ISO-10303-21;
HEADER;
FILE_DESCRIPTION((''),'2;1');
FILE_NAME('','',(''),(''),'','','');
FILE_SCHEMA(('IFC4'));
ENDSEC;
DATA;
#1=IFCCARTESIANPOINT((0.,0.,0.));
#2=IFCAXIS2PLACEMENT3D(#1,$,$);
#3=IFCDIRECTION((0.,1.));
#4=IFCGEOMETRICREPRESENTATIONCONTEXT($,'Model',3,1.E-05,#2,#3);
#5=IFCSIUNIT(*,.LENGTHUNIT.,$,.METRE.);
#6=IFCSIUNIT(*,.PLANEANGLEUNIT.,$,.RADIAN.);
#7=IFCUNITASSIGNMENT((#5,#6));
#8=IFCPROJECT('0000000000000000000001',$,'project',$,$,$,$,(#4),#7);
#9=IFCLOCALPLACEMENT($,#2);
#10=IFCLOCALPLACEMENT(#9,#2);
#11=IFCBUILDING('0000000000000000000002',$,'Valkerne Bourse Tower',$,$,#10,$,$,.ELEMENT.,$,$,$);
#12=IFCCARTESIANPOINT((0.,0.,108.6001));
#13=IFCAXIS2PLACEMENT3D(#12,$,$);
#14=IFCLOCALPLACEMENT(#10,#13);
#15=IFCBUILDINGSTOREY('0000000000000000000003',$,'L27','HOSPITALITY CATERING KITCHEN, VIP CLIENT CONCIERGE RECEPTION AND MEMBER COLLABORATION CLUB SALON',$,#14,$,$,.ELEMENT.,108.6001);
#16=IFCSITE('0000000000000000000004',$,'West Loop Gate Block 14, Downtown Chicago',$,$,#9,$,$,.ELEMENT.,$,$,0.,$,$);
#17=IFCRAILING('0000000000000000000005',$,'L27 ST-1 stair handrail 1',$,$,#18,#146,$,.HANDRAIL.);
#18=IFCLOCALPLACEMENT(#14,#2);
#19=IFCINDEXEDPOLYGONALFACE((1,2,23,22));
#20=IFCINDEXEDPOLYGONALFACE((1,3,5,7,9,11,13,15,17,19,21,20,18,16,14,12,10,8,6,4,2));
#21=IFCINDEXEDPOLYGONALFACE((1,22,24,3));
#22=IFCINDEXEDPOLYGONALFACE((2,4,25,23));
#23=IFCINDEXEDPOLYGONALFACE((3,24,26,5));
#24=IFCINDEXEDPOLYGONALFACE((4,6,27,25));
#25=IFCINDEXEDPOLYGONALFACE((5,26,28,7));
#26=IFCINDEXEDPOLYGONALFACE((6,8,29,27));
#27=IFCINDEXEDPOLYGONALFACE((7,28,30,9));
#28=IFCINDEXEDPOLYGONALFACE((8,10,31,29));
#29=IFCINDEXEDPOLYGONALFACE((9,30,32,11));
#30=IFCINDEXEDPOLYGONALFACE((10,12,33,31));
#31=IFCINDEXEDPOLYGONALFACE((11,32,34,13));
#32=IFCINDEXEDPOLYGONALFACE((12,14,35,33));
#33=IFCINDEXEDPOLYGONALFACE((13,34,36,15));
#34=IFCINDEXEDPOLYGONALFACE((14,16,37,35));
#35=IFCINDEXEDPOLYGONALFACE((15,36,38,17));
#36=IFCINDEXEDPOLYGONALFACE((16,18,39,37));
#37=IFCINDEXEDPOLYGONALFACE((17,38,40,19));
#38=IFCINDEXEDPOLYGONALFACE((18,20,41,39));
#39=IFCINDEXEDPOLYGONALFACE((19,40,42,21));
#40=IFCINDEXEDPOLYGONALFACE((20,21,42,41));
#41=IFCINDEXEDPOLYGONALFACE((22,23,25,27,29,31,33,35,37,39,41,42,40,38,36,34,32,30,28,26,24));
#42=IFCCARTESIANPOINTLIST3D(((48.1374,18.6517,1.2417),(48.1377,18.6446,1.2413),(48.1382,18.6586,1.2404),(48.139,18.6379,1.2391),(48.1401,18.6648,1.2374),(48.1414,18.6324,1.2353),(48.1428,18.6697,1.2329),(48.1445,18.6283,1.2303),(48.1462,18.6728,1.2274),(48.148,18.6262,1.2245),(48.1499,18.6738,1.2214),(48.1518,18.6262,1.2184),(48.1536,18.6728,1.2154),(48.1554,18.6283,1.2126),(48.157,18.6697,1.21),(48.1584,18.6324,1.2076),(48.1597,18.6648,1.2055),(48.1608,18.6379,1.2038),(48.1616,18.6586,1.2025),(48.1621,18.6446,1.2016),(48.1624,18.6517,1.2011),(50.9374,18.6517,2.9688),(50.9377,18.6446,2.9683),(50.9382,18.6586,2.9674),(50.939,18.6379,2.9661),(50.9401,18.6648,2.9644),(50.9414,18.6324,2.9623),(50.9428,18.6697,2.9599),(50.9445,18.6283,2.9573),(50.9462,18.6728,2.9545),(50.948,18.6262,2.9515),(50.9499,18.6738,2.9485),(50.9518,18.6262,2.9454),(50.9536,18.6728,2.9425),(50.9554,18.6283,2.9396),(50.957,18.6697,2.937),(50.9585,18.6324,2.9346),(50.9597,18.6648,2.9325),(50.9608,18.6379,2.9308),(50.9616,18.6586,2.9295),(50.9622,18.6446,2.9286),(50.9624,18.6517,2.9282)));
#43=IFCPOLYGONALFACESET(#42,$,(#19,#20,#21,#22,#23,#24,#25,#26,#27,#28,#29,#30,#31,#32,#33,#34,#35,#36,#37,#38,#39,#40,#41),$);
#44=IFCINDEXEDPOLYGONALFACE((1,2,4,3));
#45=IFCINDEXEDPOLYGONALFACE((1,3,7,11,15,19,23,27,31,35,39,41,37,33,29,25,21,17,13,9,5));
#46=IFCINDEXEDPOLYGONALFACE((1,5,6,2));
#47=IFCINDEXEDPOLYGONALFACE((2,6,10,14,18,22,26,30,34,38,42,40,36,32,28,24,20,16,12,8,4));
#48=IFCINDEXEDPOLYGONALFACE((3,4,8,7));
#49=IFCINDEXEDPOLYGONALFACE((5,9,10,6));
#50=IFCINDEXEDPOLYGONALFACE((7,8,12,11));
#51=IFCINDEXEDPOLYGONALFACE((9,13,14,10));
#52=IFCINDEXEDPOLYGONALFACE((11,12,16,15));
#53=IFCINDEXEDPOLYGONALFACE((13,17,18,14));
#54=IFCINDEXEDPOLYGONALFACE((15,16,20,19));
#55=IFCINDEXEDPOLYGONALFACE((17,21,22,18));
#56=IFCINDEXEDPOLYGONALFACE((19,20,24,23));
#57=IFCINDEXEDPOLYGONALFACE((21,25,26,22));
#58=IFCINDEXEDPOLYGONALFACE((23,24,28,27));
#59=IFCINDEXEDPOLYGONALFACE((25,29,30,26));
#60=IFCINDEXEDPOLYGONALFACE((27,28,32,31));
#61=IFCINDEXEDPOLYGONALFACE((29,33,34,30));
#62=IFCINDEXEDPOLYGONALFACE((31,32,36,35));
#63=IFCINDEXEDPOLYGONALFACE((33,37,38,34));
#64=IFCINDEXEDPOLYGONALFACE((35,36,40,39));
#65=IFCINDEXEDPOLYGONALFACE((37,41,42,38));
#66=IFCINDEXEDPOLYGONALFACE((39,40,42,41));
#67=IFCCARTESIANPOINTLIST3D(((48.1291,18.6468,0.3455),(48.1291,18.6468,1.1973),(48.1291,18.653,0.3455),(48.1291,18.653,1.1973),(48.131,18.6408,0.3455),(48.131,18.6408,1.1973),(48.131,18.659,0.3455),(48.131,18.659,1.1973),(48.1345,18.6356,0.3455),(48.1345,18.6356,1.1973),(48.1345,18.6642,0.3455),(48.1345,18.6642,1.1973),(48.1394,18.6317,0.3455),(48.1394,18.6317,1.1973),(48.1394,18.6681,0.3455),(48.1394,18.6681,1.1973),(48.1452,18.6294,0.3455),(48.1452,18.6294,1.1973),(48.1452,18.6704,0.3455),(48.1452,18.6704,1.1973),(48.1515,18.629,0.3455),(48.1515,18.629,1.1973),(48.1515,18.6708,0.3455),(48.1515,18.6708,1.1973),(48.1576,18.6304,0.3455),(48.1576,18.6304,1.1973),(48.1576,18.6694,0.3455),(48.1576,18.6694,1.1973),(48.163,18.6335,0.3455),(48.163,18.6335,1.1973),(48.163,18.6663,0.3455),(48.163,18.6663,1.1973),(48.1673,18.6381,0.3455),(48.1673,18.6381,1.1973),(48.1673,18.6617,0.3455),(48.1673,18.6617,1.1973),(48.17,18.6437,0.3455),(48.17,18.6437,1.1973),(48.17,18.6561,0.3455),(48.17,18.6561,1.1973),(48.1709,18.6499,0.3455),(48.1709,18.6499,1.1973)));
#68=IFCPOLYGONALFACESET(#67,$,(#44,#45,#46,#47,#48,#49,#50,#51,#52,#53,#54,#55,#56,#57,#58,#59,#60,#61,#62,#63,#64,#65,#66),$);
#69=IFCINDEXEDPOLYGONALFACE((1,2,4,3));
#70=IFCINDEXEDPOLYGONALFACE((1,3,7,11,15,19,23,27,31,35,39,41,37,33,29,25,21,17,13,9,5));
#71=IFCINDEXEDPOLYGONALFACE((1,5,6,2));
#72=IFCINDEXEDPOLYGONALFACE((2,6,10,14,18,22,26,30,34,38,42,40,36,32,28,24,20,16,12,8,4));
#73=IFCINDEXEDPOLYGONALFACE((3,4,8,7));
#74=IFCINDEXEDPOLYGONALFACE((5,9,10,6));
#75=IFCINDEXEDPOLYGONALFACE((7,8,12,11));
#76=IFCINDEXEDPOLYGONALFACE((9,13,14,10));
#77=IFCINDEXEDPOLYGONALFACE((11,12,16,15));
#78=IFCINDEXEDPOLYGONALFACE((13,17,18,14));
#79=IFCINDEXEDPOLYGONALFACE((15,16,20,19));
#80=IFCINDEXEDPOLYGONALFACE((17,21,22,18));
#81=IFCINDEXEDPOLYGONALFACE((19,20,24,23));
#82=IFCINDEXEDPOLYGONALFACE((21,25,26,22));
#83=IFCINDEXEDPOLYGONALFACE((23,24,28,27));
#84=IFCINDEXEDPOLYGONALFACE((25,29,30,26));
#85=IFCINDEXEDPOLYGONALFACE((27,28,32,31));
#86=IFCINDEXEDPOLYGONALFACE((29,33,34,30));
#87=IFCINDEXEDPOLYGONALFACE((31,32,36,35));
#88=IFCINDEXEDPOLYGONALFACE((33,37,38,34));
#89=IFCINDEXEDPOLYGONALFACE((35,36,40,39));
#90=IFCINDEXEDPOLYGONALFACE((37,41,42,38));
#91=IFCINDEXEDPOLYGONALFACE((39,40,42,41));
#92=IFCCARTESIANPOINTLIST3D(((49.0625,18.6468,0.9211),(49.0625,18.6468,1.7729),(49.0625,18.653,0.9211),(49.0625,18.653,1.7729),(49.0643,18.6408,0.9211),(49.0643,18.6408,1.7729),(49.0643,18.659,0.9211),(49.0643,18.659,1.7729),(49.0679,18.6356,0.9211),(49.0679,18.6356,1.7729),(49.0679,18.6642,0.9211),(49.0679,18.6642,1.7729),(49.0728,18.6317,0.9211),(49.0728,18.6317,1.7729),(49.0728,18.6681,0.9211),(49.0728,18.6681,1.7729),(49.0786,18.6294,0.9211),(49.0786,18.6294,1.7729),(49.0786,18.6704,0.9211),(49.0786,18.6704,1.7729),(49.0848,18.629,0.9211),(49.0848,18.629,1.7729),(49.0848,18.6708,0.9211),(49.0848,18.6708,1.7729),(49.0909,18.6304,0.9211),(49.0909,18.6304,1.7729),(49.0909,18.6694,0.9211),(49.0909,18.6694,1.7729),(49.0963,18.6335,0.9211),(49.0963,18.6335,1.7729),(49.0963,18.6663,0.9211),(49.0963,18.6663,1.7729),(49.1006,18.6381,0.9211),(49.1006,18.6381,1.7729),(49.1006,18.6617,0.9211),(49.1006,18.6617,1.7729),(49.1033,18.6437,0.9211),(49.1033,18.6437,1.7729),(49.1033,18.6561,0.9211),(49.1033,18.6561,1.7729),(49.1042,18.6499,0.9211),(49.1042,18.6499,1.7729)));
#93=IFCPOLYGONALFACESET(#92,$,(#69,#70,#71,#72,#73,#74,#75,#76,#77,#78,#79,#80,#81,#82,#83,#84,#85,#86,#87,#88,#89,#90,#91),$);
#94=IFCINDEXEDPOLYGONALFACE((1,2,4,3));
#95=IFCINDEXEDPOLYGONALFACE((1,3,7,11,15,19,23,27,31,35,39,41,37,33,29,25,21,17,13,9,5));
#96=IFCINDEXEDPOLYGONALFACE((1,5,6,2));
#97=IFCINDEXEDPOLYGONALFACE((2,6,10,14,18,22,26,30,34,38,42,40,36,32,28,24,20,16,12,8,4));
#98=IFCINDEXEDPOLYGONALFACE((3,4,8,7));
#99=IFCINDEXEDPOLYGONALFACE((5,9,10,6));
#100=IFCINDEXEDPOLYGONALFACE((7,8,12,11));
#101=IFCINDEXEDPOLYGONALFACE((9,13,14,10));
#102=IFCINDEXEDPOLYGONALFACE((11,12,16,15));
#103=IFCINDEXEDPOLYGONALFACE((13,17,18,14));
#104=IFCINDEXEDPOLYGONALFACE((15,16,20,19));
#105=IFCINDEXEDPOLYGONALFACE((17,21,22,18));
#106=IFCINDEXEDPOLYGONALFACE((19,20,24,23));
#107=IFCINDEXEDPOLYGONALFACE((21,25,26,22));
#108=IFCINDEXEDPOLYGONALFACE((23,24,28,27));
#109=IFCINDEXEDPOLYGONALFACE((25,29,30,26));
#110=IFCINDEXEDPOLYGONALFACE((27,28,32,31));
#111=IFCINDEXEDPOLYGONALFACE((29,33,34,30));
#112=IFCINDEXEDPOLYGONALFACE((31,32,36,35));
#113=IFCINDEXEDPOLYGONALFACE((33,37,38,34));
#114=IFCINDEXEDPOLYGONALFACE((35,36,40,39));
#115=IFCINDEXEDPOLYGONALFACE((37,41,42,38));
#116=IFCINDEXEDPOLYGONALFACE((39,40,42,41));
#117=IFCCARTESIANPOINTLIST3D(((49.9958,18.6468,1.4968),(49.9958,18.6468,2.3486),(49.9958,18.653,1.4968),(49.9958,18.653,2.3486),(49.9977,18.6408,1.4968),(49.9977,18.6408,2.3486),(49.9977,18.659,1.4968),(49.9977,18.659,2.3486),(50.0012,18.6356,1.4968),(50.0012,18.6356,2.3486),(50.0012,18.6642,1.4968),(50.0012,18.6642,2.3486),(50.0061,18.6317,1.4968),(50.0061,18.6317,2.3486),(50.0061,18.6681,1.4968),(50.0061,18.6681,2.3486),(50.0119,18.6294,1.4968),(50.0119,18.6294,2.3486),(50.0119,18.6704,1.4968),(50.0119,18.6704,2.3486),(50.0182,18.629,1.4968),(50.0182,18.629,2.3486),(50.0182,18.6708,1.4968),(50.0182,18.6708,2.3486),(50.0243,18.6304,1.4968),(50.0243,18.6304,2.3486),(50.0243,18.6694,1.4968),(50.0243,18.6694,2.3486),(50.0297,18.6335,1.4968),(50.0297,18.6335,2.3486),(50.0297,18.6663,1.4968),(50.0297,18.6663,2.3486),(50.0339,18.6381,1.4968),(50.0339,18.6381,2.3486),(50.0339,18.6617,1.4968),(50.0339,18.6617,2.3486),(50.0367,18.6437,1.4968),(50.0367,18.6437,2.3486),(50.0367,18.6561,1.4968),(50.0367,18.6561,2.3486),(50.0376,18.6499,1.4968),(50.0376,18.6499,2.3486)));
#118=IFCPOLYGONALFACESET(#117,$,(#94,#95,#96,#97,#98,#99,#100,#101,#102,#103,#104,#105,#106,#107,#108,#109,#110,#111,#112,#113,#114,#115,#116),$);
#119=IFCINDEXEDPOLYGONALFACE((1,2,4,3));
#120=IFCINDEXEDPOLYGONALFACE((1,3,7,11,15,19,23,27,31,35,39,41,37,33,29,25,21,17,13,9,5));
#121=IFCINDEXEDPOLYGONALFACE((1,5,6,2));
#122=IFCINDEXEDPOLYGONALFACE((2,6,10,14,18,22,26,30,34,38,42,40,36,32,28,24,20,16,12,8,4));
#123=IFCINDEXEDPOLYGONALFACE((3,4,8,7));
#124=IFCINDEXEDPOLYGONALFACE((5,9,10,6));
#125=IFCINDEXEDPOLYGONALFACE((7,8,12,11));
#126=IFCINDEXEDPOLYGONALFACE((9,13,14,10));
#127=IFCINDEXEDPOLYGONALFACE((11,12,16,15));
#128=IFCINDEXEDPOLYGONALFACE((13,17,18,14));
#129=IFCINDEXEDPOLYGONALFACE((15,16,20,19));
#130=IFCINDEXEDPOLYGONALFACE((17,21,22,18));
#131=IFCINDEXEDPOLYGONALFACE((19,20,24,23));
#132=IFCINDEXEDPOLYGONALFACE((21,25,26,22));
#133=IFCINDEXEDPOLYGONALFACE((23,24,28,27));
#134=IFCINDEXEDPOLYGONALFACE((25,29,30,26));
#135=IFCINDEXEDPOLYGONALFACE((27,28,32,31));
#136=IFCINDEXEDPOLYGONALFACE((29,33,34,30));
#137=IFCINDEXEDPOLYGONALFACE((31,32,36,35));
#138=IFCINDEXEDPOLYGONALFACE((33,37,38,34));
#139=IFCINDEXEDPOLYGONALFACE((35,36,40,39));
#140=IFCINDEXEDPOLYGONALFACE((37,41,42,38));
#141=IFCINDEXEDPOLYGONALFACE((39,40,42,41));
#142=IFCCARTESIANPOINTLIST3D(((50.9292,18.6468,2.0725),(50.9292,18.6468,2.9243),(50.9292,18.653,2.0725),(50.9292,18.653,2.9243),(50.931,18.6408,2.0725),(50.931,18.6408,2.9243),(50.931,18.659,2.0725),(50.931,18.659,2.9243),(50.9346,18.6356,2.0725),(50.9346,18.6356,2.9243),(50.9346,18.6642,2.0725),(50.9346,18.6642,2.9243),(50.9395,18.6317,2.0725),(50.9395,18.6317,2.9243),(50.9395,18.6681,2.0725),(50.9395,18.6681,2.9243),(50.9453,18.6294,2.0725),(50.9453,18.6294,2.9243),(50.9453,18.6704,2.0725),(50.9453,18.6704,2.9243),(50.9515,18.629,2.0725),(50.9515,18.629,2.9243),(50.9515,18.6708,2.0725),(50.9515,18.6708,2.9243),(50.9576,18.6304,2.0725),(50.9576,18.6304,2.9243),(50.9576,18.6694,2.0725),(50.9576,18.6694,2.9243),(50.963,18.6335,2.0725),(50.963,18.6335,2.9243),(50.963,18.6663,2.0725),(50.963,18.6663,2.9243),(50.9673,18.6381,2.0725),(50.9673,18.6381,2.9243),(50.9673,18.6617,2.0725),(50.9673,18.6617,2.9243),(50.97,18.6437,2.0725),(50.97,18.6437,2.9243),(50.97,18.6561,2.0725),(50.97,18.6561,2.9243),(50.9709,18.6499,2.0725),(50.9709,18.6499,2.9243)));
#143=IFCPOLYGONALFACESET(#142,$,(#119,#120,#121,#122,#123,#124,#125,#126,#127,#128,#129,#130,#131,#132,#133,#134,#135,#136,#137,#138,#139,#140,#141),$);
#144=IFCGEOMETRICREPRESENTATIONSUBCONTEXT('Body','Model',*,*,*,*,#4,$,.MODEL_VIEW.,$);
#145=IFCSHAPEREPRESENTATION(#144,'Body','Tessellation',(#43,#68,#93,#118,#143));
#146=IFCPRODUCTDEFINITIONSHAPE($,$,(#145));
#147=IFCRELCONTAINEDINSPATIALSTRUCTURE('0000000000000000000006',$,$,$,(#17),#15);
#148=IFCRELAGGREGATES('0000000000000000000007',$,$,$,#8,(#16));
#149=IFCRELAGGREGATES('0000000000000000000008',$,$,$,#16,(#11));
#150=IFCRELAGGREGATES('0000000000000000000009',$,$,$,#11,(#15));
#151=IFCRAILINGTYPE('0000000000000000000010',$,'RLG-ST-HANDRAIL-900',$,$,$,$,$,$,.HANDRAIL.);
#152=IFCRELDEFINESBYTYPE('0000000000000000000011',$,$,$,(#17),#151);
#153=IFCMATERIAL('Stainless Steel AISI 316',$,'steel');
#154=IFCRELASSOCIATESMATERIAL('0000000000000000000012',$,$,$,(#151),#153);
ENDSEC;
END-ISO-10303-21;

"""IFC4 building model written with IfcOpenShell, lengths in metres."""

from ifc_helpers import new_model, si_unit, direction, frame, origin, origin_2d, place, context, subcontext, project, spatial, circle, extrude, material, type_object, element, save


model = new_model("IFC4")

# Units and contexts
model_context = context("Model", 3, precision=1e-05, world=origin(), true_north=direction((0.0, 1.0)))
body_context = subcontext(model_context, "Body", "Model", "MODEL_VIEW")
ifc_project = project(units=[si_unit("LENGTHUNIT", "METRE"), si_unit("PLANEANGLEUNIT", "RADIAN")], contexts=[model_context])

# Site, building, storey
site_placement = place(None, origin())
site = spatial("IfcSite", under=ifc_project, at=site_placement, Name="West Loop Gate Block 14, Downtown Chicago", CompositionType="ELEMENT", RefElevation=0.0)
building_placement = place(site_placement, origin())
building = spatial("IfcBuilding", under=site, at=building_placement, Name="Valkerne Bourse Tower", CompositionType="ELEMENT")
storey_placement = place(building_placement, frame((0.0, 0.0, 108.6001)))
storey = spatial("IfcBuildingStorey", under=building, at=storey_placement, Name="L27", Description="HOSPITALITY CATERING KITCHEN, VIP CLIENT CONCIERGE RECEPTION AND MEMBER COLLABORATION CLUB SALON", CompositionType="ELEMENT", Elevation=108.6001)

# Shared definitions
ifc_material_1 = material(Name="Stainless Steel AISI 316", Category="steel")

# Railing
railing_type_1 = type_object("IfcRailingType", Name="RLG-ST-HANDRAIL-900", PredefinedType="HANDRAIL", material=ifc_material_1)
railing_1_placement = place(storey_placement, frame((48.1499, 18.6499, 0.3455)))
element("IfcRailing", 1, at=railing_1_placement, inside=storey, type_object=railing_type_1, Name="L27 ST-1 stair handrail 1", PredefinedType="HANDRAIL", context=body_context, shape_type="SweptSolid", body=[
    extrude(circle(Radius=0.0239, at=origin_2d()), frame((0.0, 0.0, 0.876), z_axis=(0.851123, 0.0, 0.524967), x_axis=(0.0, 1.0, 0.0)), (0.0, 0.0, 1.0), 3.2898),
    extrude(circle(Radius=0.021, at=origin_2d()), origin(), (0.0, 0.0, 1.0), 0.8518),
    extrude(circle(Radius=0.021, at=origin_2d()), frame((0.9333, 0.0, 0.5757)), (0.0, 0.0, 1.0), 0.8518),
    extrude(circle(Radius=0.021, at=origin_2d()), frame((1.8667, 0.0, 1.1514)), (0.0, 0.0, 1.0), 0.8518),
    extrude(circle(Radius=0.021, at=origin_2d()), frame((2.8, 0.0, 1.7271)), (0.0, 0.0, 1.0), 0.8518),
])

save(model, "model.ifc")
